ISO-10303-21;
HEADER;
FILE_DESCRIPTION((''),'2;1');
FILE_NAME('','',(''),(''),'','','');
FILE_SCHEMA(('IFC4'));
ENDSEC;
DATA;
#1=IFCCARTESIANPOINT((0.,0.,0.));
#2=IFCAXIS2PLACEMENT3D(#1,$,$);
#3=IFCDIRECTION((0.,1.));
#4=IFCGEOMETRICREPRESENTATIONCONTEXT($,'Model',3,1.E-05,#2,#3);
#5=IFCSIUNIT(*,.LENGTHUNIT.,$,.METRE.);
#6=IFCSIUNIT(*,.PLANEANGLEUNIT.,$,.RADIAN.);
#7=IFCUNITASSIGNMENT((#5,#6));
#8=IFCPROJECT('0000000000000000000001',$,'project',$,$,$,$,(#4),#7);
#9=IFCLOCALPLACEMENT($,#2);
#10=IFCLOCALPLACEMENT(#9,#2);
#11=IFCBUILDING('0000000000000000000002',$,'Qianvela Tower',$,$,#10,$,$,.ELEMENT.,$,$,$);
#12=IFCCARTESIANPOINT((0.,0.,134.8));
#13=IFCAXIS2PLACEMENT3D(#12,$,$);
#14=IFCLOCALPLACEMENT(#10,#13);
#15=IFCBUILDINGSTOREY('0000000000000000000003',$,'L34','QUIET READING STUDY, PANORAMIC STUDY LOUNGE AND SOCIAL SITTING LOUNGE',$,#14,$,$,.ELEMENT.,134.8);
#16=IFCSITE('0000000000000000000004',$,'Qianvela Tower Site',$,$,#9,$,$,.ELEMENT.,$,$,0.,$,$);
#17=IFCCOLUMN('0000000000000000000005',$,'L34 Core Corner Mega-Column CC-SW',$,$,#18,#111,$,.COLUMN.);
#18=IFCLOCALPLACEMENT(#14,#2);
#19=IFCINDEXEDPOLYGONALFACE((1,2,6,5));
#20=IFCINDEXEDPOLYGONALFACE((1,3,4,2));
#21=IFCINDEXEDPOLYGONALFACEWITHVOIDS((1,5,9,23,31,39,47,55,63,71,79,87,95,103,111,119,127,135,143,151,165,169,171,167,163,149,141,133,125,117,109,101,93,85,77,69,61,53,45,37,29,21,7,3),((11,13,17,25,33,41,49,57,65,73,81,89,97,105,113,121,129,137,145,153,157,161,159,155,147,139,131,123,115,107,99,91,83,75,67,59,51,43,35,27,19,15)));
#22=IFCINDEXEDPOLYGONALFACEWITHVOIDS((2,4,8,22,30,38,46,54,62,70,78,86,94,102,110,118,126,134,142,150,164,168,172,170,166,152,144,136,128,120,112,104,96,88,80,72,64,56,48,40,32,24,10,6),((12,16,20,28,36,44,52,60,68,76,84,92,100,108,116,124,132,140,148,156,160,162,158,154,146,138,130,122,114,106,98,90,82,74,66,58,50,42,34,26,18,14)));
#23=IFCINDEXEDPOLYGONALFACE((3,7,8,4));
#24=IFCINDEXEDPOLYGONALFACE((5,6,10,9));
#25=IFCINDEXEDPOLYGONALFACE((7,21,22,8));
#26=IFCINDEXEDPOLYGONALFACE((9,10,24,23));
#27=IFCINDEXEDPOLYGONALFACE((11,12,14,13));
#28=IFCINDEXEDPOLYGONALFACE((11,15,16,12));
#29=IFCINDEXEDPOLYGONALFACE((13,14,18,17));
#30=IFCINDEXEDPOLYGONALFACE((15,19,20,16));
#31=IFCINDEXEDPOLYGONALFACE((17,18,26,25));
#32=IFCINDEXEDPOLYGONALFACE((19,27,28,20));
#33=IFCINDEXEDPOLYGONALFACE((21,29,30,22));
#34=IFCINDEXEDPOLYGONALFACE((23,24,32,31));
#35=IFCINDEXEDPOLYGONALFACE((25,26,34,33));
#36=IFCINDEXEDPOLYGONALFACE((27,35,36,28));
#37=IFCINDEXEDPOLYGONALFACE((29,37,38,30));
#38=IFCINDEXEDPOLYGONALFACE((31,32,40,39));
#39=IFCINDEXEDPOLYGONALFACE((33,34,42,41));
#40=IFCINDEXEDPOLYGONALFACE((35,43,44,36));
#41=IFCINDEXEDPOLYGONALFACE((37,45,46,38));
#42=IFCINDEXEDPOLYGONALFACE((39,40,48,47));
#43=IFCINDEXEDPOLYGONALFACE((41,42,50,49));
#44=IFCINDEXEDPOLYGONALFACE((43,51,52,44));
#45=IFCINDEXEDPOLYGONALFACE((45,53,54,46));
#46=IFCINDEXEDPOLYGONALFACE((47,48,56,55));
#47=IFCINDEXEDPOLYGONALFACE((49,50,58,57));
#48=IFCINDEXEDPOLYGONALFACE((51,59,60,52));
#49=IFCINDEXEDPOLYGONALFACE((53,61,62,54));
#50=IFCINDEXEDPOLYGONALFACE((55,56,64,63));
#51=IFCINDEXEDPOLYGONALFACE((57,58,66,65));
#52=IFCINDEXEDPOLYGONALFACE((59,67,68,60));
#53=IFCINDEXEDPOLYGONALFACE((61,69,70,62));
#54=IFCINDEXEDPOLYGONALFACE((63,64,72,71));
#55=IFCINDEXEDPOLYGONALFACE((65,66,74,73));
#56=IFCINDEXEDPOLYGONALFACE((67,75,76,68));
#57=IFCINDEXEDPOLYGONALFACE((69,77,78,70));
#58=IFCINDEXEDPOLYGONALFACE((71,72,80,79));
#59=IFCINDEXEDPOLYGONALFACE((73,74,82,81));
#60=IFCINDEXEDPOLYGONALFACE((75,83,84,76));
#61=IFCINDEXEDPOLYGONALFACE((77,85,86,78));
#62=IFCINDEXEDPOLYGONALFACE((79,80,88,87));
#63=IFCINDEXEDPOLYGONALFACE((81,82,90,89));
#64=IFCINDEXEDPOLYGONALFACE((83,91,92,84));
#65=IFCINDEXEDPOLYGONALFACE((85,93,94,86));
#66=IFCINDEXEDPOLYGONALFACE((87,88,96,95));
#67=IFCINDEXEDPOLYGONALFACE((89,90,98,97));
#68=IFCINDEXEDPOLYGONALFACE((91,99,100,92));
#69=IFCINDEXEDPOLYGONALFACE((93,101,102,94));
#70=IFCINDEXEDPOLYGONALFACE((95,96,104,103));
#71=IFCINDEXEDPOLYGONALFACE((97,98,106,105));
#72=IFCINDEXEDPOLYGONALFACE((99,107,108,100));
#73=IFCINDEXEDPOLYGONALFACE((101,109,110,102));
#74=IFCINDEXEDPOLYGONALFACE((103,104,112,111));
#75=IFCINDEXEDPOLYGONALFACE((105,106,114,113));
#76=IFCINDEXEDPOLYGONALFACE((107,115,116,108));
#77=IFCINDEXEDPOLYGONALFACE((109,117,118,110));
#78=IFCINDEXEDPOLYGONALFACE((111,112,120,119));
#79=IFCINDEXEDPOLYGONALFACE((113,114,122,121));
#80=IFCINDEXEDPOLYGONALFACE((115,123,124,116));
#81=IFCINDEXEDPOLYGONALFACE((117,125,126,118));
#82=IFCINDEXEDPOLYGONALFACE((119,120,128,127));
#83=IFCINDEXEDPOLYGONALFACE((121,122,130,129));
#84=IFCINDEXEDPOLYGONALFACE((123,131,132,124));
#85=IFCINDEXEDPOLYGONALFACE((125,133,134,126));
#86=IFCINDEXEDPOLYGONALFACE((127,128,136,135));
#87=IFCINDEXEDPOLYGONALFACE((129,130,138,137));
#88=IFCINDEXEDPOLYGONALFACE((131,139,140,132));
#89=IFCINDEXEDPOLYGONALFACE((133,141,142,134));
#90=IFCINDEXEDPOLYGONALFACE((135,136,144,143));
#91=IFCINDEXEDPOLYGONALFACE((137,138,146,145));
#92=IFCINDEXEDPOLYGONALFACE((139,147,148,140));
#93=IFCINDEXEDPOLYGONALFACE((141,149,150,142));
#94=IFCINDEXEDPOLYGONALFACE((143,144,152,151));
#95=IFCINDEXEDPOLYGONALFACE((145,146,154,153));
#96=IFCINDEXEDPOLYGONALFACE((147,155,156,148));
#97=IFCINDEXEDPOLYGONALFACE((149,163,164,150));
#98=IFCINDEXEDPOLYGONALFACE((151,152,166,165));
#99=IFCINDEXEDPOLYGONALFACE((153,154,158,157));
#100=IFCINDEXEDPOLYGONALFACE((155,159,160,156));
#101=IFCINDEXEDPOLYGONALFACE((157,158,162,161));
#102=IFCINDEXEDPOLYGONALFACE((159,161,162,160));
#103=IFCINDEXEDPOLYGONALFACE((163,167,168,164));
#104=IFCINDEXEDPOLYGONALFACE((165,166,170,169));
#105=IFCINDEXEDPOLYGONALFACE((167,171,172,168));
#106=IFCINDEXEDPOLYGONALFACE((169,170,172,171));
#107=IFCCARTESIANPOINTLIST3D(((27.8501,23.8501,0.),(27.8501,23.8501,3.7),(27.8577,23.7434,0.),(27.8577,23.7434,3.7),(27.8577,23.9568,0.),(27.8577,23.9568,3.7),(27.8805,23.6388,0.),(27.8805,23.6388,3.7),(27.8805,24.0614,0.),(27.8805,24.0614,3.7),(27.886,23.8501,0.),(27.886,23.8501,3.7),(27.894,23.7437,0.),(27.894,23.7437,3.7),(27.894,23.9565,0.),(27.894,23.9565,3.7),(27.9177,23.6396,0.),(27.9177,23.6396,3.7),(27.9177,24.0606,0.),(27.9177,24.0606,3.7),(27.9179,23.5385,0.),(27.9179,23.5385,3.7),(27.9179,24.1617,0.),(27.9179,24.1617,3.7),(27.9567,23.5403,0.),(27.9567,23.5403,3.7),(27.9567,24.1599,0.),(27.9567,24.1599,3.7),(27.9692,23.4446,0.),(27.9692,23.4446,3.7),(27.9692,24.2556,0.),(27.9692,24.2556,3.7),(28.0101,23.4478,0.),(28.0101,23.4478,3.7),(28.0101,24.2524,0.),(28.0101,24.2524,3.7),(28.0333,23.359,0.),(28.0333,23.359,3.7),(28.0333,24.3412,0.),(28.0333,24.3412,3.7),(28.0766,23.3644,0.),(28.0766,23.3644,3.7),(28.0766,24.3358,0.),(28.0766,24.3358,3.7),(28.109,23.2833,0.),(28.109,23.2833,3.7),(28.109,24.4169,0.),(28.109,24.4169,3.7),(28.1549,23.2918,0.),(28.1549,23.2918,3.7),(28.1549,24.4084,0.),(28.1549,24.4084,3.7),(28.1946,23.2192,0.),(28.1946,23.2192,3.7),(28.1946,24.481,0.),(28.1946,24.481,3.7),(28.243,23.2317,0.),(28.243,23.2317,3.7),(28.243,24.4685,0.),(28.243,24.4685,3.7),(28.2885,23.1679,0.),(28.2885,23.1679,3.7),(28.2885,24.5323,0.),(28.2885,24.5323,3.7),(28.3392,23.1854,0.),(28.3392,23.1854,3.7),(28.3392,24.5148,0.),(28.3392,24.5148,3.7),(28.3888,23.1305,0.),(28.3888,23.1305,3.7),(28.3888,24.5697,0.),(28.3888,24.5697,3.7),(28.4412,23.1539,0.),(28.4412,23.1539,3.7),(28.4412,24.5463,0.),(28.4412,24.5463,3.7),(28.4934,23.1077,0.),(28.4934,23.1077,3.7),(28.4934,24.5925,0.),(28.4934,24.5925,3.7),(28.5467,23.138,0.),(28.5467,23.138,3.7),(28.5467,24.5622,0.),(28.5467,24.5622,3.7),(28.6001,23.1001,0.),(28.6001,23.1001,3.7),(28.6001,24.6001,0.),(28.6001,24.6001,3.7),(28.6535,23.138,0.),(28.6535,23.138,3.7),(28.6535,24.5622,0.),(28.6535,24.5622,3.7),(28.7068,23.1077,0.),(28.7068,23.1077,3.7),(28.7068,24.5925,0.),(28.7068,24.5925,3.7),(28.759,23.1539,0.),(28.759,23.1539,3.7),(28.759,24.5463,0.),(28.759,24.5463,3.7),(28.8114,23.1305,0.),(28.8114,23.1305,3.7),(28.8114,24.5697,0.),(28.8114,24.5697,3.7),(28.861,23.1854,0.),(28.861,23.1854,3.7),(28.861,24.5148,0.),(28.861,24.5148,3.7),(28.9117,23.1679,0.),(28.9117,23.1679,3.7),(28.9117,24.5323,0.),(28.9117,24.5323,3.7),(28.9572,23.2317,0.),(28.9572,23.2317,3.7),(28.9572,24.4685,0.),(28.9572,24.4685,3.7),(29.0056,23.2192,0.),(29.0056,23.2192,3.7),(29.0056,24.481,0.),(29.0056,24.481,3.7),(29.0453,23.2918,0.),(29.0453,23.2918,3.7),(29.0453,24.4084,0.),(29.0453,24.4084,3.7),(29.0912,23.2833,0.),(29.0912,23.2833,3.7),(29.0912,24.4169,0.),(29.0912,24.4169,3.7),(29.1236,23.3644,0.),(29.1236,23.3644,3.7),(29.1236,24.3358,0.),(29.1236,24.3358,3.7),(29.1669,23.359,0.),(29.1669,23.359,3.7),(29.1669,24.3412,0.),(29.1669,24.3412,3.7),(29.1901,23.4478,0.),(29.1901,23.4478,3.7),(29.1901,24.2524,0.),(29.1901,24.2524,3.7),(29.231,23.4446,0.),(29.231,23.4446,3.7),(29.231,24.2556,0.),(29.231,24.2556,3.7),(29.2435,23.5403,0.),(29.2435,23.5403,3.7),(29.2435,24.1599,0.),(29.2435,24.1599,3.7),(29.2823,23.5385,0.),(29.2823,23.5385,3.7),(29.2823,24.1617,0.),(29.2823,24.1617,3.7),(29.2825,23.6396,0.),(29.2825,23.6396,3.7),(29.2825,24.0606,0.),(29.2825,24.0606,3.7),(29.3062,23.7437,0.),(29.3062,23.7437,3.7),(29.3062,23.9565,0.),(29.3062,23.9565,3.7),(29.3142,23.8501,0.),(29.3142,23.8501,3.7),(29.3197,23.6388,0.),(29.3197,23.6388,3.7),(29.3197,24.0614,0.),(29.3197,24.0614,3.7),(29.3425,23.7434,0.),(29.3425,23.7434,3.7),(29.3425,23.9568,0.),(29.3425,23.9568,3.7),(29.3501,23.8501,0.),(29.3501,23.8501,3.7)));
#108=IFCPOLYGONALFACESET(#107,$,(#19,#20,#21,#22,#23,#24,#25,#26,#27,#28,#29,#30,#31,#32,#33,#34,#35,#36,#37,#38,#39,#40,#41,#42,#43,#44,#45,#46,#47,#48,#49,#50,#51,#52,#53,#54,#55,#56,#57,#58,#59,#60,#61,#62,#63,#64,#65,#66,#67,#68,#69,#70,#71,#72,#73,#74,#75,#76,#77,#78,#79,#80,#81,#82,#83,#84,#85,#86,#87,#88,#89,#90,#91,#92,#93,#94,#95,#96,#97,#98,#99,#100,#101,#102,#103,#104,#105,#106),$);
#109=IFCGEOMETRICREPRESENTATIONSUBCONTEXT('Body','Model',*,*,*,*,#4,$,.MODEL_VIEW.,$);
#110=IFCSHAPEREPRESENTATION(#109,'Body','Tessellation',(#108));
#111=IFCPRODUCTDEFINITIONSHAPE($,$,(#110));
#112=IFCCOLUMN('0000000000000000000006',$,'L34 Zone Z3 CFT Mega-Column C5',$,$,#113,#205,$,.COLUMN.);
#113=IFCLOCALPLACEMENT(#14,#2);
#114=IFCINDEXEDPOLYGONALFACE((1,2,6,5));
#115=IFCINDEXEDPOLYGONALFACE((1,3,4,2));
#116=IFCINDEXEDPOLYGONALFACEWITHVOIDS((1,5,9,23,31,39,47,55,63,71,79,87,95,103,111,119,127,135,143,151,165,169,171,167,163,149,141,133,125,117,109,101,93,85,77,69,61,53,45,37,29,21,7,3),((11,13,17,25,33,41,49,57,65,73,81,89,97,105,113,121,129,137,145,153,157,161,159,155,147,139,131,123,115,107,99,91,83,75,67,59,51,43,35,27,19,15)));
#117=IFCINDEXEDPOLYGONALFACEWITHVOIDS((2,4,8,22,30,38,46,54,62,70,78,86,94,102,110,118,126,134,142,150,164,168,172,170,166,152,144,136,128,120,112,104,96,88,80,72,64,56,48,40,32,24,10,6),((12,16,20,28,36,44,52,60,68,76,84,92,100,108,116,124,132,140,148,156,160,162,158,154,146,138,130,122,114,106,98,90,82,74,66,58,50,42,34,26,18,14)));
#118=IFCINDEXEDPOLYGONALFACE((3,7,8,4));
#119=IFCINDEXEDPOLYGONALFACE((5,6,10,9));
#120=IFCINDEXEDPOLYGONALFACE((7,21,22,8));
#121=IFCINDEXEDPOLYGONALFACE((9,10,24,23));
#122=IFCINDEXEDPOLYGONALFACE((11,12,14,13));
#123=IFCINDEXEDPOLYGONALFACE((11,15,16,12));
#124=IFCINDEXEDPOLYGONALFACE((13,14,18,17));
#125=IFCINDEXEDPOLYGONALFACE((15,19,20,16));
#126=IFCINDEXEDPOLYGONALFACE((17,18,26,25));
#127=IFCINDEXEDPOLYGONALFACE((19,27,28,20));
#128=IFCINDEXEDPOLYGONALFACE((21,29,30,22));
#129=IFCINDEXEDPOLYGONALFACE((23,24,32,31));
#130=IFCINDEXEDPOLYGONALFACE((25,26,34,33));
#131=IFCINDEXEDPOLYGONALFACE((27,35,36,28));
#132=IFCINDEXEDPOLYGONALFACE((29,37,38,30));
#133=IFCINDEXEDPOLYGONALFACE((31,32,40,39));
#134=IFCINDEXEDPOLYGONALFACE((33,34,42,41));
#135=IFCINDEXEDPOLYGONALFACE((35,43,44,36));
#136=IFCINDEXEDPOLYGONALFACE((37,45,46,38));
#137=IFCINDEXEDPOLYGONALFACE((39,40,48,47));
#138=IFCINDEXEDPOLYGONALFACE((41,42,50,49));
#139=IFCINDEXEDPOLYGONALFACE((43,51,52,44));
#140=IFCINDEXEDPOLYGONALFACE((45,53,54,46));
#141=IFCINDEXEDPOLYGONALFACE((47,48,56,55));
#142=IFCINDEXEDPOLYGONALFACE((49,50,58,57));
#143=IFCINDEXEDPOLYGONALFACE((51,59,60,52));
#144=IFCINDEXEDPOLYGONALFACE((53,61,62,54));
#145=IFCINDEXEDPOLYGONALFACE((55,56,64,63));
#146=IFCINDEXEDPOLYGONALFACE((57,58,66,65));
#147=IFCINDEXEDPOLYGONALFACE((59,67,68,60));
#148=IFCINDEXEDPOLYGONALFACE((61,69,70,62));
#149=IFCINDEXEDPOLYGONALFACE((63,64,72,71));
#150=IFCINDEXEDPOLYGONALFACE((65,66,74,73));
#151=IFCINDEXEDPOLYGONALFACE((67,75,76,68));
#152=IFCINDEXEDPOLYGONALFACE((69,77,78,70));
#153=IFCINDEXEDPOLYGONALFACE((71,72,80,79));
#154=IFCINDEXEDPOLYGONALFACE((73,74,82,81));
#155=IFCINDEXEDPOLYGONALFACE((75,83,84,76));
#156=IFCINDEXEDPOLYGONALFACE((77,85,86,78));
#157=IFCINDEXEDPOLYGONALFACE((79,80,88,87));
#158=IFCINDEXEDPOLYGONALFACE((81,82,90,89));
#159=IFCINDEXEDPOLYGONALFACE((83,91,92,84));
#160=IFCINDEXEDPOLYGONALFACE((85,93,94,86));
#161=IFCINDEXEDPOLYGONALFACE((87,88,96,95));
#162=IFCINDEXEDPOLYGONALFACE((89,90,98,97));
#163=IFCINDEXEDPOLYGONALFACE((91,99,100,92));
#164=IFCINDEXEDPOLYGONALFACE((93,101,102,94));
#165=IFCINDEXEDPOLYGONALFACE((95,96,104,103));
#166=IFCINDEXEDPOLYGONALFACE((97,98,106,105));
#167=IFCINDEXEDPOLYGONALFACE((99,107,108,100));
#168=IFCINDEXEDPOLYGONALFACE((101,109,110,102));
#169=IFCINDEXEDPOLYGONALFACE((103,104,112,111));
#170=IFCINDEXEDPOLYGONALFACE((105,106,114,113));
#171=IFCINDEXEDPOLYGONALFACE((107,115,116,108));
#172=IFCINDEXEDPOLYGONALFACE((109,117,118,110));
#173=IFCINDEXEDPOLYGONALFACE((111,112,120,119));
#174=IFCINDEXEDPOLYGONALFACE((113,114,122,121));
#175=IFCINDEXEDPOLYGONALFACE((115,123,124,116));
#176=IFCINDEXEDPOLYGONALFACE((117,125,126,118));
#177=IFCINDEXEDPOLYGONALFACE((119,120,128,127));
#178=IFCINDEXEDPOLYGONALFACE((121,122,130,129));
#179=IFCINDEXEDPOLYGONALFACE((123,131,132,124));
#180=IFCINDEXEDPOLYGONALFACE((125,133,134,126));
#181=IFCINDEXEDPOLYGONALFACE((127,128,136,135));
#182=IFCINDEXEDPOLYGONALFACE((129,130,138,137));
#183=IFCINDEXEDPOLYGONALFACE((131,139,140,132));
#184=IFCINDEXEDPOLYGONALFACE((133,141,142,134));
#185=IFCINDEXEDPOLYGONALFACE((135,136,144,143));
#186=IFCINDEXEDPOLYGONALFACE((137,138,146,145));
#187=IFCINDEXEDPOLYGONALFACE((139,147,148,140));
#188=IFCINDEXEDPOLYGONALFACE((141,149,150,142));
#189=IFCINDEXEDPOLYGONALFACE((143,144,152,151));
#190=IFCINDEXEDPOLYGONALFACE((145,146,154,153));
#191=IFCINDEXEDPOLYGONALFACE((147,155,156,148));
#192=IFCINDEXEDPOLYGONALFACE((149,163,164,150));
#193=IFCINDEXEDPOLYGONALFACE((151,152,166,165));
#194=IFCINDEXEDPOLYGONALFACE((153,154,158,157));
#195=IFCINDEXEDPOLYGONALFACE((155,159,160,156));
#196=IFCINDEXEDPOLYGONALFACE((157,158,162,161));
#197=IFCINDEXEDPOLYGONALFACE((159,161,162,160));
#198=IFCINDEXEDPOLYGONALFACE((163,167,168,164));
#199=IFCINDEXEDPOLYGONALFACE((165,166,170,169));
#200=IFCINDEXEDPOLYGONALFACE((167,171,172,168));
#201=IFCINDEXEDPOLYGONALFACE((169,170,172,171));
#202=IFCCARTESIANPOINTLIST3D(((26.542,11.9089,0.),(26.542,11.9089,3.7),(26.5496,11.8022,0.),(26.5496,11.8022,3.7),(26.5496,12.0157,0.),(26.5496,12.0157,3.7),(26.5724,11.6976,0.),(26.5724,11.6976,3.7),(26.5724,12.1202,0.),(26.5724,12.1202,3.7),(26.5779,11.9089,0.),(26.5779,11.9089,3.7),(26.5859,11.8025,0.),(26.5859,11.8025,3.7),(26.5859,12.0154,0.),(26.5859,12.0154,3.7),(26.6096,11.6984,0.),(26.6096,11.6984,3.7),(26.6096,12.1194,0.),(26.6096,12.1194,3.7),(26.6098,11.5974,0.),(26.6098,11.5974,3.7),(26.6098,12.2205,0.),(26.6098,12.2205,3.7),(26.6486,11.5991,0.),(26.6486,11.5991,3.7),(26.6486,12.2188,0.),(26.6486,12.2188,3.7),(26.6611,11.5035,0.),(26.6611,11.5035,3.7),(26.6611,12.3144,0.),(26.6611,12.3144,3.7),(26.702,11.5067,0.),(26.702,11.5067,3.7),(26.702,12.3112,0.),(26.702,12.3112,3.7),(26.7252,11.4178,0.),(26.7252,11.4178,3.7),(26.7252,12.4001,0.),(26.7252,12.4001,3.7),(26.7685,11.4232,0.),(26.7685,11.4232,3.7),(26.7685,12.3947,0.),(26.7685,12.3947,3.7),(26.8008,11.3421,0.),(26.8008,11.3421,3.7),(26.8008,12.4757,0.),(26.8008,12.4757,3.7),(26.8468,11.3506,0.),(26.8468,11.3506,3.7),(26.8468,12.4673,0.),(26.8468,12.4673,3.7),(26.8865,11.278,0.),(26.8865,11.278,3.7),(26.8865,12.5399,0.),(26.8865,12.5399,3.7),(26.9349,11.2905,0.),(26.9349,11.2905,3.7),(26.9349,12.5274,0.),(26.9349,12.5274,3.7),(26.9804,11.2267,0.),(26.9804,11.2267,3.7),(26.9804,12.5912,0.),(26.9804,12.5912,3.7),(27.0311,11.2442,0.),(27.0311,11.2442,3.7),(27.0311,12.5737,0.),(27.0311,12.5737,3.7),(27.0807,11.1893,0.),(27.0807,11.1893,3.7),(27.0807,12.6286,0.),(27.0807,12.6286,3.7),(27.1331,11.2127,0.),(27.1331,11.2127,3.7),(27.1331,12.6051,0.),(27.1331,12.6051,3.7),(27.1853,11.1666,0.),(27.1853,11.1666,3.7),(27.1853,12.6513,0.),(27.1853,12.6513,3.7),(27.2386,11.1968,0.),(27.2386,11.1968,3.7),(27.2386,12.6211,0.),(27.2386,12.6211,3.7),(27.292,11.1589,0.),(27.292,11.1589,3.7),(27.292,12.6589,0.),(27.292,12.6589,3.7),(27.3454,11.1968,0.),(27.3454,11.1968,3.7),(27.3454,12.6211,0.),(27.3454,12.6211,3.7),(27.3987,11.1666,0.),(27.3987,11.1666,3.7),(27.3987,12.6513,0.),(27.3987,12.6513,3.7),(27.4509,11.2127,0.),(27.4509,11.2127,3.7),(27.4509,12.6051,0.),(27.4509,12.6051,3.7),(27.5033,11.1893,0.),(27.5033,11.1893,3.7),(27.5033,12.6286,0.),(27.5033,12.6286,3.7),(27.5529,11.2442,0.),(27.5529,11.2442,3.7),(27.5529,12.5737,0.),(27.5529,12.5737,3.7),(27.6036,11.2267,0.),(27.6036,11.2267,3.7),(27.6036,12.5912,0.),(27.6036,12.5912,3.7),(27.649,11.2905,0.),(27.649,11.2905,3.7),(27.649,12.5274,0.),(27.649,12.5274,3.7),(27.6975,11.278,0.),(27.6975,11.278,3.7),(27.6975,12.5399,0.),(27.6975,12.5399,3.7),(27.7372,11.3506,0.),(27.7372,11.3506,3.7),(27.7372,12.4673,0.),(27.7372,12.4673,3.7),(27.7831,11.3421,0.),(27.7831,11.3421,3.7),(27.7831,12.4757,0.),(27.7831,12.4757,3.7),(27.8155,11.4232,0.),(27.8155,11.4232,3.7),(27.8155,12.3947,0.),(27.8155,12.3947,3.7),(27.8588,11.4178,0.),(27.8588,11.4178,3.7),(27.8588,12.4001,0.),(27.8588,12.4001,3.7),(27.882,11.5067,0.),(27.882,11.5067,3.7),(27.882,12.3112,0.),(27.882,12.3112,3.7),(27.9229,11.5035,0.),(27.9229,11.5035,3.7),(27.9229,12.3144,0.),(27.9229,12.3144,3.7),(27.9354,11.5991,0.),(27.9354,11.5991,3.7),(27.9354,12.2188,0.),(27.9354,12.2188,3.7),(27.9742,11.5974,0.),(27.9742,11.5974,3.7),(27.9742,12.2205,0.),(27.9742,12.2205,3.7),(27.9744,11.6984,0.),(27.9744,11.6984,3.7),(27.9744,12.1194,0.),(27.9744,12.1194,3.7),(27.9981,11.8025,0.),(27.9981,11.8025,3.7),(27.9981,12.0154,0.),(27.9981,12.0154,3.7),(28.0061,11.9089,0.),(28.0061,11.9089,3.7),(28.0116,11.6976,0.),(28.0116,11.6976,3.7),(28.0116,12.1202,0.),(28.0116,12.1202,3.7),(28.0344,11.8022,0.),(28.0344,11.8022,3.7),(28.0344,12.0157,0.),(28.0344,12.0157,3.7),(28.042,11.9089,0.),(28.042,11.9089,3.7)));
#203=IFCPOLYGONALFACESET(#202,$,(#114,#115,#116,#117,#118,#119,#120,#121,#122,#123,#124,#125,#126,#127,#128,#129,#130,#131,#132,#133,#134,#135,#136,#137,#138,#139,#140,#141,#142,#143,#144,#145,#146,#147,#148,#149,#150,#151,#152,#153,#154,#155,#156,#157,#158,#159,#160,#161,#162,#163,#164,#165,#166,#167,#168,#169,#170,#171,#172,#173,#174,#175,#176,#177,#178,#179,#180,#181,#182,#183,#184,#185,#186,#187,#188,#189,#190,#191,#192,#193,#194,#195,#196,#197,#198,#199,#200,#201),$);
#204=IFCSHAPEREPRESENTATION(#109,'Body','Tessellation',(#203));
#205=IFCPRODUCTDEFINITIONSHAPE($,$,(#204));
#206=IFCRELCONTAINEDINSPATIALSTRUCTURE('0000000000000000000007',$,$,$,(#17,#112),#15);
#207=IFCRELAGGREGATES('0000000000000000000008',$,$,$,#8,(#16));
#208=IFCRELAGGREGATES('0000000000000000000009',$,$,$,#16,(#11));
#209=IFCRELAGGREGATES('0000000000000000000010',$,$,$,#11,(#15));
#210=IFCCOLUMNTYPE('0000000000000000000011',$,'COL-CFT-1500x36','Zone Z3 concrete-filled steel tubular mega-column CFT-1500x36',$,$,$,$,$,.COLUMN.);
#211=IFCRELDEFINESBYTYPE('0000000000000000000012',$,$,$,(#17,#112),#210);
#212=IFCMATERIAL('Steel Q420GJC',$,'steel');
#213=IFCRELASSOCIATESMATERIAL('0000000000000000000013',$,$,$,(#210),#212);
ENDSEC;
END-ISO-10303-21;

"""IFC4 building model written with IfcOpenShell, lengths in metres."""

from ifc_helpers import new_model, si_unit, direction, frame, origin, origin_2d, place, context, subcontext, project, spatial, hollow_circle, extrude, material, material_profile, profile_set, type_object, element, save


model = new_model("IFC4")

# Units and contexts
model_context = context("Model", 3, precision=1e-05, world=origin(), true_north=direction((0.0, 1.0)))
body_context = subcontext(model_context, "Body", "Model", "MODEL_VIEW")
ifc_project = project(units=[si_unit("LENGTHUNIT", "METRE"), si_unit("PLANEANGLEUNIT", "RADIAN")], contexts=[model_context])

# Site, building, storey
site_placement = place(None, origin())
site = spatial("IfcSite", under=ifc_project, at=site_placement, Name="Qianvela Tower Site", CompositionType="ELEMENT", RefElevation=0.0)
building_placement = place(site_placement, origin())
building = spatial("IfcBuilding", under=site, at=building_placement, Name="Qianvela Tower", CompositionType="ELEMENT")
storey_placement = place(building_placement, frame((0.0, 0.0, 134.8)))
storey = spatial("IfcBuildingStorey", under=building, at=storey_placement, Name="L34", Description="QUIET READING STUDY, PANORAMIC STUDY LOUNGE AND SOCIAL SITTING LOUNGE", CompositionType="ELEMENT", Elevation=134.8)

# Columns
ifc_material_1 = material(Name="Steel Q420GJC", Category="steel")
ifc_material_profile_1 = material_profile(ifc_material_1, hollow_circle(Radius=0.75, WallThickness=0.0359, at=origin_2d()), Name="CFT-1500x36")
ifc_profile_set_1 = profile_set([ifc_material_profile_1], Name="Steel Q420GJC")
column_type = type_object("IfcColumnType", Name="COL-CFT-1500x36", Description="Zone Z3 concrete-filled steel tubular mega-column CFT-1500x36", PredefinedType="COLUMN", material=ifc_profile_set_1)
for number, where, z_axis, x_axis, name in (
    (1, (28.6001, 23.8501, 0.0), (0.0, 0.0, 1.0), (1.0, 0.0, 0.0), "L34 Core Corner Mega-Column CC-SW"),
    (2, (27.292, 11.9089, 0.0), (0.0, 0.0, 1.0), (1.0, 0.0, 0.0), "L34 Zone Z3 CFT Mega-Column C5"),
):
    element("IfcColumn", number, at=place(storey_placement, frame(where, z_axis=z_axis, x_axis=x_axis)), inside=storey, type_object=column_type, Name=name, PredefinedType="COLUMN", context=body_context, shape_type="SweptSolid", body=[
        extrude(hollow_circle(Radius=0.75, WallThickness=0.0359, at=origin_2d()), origin(), (0.0, 0.0, 1.0), 3.7),
    ])

save(model, "model.ifc")
